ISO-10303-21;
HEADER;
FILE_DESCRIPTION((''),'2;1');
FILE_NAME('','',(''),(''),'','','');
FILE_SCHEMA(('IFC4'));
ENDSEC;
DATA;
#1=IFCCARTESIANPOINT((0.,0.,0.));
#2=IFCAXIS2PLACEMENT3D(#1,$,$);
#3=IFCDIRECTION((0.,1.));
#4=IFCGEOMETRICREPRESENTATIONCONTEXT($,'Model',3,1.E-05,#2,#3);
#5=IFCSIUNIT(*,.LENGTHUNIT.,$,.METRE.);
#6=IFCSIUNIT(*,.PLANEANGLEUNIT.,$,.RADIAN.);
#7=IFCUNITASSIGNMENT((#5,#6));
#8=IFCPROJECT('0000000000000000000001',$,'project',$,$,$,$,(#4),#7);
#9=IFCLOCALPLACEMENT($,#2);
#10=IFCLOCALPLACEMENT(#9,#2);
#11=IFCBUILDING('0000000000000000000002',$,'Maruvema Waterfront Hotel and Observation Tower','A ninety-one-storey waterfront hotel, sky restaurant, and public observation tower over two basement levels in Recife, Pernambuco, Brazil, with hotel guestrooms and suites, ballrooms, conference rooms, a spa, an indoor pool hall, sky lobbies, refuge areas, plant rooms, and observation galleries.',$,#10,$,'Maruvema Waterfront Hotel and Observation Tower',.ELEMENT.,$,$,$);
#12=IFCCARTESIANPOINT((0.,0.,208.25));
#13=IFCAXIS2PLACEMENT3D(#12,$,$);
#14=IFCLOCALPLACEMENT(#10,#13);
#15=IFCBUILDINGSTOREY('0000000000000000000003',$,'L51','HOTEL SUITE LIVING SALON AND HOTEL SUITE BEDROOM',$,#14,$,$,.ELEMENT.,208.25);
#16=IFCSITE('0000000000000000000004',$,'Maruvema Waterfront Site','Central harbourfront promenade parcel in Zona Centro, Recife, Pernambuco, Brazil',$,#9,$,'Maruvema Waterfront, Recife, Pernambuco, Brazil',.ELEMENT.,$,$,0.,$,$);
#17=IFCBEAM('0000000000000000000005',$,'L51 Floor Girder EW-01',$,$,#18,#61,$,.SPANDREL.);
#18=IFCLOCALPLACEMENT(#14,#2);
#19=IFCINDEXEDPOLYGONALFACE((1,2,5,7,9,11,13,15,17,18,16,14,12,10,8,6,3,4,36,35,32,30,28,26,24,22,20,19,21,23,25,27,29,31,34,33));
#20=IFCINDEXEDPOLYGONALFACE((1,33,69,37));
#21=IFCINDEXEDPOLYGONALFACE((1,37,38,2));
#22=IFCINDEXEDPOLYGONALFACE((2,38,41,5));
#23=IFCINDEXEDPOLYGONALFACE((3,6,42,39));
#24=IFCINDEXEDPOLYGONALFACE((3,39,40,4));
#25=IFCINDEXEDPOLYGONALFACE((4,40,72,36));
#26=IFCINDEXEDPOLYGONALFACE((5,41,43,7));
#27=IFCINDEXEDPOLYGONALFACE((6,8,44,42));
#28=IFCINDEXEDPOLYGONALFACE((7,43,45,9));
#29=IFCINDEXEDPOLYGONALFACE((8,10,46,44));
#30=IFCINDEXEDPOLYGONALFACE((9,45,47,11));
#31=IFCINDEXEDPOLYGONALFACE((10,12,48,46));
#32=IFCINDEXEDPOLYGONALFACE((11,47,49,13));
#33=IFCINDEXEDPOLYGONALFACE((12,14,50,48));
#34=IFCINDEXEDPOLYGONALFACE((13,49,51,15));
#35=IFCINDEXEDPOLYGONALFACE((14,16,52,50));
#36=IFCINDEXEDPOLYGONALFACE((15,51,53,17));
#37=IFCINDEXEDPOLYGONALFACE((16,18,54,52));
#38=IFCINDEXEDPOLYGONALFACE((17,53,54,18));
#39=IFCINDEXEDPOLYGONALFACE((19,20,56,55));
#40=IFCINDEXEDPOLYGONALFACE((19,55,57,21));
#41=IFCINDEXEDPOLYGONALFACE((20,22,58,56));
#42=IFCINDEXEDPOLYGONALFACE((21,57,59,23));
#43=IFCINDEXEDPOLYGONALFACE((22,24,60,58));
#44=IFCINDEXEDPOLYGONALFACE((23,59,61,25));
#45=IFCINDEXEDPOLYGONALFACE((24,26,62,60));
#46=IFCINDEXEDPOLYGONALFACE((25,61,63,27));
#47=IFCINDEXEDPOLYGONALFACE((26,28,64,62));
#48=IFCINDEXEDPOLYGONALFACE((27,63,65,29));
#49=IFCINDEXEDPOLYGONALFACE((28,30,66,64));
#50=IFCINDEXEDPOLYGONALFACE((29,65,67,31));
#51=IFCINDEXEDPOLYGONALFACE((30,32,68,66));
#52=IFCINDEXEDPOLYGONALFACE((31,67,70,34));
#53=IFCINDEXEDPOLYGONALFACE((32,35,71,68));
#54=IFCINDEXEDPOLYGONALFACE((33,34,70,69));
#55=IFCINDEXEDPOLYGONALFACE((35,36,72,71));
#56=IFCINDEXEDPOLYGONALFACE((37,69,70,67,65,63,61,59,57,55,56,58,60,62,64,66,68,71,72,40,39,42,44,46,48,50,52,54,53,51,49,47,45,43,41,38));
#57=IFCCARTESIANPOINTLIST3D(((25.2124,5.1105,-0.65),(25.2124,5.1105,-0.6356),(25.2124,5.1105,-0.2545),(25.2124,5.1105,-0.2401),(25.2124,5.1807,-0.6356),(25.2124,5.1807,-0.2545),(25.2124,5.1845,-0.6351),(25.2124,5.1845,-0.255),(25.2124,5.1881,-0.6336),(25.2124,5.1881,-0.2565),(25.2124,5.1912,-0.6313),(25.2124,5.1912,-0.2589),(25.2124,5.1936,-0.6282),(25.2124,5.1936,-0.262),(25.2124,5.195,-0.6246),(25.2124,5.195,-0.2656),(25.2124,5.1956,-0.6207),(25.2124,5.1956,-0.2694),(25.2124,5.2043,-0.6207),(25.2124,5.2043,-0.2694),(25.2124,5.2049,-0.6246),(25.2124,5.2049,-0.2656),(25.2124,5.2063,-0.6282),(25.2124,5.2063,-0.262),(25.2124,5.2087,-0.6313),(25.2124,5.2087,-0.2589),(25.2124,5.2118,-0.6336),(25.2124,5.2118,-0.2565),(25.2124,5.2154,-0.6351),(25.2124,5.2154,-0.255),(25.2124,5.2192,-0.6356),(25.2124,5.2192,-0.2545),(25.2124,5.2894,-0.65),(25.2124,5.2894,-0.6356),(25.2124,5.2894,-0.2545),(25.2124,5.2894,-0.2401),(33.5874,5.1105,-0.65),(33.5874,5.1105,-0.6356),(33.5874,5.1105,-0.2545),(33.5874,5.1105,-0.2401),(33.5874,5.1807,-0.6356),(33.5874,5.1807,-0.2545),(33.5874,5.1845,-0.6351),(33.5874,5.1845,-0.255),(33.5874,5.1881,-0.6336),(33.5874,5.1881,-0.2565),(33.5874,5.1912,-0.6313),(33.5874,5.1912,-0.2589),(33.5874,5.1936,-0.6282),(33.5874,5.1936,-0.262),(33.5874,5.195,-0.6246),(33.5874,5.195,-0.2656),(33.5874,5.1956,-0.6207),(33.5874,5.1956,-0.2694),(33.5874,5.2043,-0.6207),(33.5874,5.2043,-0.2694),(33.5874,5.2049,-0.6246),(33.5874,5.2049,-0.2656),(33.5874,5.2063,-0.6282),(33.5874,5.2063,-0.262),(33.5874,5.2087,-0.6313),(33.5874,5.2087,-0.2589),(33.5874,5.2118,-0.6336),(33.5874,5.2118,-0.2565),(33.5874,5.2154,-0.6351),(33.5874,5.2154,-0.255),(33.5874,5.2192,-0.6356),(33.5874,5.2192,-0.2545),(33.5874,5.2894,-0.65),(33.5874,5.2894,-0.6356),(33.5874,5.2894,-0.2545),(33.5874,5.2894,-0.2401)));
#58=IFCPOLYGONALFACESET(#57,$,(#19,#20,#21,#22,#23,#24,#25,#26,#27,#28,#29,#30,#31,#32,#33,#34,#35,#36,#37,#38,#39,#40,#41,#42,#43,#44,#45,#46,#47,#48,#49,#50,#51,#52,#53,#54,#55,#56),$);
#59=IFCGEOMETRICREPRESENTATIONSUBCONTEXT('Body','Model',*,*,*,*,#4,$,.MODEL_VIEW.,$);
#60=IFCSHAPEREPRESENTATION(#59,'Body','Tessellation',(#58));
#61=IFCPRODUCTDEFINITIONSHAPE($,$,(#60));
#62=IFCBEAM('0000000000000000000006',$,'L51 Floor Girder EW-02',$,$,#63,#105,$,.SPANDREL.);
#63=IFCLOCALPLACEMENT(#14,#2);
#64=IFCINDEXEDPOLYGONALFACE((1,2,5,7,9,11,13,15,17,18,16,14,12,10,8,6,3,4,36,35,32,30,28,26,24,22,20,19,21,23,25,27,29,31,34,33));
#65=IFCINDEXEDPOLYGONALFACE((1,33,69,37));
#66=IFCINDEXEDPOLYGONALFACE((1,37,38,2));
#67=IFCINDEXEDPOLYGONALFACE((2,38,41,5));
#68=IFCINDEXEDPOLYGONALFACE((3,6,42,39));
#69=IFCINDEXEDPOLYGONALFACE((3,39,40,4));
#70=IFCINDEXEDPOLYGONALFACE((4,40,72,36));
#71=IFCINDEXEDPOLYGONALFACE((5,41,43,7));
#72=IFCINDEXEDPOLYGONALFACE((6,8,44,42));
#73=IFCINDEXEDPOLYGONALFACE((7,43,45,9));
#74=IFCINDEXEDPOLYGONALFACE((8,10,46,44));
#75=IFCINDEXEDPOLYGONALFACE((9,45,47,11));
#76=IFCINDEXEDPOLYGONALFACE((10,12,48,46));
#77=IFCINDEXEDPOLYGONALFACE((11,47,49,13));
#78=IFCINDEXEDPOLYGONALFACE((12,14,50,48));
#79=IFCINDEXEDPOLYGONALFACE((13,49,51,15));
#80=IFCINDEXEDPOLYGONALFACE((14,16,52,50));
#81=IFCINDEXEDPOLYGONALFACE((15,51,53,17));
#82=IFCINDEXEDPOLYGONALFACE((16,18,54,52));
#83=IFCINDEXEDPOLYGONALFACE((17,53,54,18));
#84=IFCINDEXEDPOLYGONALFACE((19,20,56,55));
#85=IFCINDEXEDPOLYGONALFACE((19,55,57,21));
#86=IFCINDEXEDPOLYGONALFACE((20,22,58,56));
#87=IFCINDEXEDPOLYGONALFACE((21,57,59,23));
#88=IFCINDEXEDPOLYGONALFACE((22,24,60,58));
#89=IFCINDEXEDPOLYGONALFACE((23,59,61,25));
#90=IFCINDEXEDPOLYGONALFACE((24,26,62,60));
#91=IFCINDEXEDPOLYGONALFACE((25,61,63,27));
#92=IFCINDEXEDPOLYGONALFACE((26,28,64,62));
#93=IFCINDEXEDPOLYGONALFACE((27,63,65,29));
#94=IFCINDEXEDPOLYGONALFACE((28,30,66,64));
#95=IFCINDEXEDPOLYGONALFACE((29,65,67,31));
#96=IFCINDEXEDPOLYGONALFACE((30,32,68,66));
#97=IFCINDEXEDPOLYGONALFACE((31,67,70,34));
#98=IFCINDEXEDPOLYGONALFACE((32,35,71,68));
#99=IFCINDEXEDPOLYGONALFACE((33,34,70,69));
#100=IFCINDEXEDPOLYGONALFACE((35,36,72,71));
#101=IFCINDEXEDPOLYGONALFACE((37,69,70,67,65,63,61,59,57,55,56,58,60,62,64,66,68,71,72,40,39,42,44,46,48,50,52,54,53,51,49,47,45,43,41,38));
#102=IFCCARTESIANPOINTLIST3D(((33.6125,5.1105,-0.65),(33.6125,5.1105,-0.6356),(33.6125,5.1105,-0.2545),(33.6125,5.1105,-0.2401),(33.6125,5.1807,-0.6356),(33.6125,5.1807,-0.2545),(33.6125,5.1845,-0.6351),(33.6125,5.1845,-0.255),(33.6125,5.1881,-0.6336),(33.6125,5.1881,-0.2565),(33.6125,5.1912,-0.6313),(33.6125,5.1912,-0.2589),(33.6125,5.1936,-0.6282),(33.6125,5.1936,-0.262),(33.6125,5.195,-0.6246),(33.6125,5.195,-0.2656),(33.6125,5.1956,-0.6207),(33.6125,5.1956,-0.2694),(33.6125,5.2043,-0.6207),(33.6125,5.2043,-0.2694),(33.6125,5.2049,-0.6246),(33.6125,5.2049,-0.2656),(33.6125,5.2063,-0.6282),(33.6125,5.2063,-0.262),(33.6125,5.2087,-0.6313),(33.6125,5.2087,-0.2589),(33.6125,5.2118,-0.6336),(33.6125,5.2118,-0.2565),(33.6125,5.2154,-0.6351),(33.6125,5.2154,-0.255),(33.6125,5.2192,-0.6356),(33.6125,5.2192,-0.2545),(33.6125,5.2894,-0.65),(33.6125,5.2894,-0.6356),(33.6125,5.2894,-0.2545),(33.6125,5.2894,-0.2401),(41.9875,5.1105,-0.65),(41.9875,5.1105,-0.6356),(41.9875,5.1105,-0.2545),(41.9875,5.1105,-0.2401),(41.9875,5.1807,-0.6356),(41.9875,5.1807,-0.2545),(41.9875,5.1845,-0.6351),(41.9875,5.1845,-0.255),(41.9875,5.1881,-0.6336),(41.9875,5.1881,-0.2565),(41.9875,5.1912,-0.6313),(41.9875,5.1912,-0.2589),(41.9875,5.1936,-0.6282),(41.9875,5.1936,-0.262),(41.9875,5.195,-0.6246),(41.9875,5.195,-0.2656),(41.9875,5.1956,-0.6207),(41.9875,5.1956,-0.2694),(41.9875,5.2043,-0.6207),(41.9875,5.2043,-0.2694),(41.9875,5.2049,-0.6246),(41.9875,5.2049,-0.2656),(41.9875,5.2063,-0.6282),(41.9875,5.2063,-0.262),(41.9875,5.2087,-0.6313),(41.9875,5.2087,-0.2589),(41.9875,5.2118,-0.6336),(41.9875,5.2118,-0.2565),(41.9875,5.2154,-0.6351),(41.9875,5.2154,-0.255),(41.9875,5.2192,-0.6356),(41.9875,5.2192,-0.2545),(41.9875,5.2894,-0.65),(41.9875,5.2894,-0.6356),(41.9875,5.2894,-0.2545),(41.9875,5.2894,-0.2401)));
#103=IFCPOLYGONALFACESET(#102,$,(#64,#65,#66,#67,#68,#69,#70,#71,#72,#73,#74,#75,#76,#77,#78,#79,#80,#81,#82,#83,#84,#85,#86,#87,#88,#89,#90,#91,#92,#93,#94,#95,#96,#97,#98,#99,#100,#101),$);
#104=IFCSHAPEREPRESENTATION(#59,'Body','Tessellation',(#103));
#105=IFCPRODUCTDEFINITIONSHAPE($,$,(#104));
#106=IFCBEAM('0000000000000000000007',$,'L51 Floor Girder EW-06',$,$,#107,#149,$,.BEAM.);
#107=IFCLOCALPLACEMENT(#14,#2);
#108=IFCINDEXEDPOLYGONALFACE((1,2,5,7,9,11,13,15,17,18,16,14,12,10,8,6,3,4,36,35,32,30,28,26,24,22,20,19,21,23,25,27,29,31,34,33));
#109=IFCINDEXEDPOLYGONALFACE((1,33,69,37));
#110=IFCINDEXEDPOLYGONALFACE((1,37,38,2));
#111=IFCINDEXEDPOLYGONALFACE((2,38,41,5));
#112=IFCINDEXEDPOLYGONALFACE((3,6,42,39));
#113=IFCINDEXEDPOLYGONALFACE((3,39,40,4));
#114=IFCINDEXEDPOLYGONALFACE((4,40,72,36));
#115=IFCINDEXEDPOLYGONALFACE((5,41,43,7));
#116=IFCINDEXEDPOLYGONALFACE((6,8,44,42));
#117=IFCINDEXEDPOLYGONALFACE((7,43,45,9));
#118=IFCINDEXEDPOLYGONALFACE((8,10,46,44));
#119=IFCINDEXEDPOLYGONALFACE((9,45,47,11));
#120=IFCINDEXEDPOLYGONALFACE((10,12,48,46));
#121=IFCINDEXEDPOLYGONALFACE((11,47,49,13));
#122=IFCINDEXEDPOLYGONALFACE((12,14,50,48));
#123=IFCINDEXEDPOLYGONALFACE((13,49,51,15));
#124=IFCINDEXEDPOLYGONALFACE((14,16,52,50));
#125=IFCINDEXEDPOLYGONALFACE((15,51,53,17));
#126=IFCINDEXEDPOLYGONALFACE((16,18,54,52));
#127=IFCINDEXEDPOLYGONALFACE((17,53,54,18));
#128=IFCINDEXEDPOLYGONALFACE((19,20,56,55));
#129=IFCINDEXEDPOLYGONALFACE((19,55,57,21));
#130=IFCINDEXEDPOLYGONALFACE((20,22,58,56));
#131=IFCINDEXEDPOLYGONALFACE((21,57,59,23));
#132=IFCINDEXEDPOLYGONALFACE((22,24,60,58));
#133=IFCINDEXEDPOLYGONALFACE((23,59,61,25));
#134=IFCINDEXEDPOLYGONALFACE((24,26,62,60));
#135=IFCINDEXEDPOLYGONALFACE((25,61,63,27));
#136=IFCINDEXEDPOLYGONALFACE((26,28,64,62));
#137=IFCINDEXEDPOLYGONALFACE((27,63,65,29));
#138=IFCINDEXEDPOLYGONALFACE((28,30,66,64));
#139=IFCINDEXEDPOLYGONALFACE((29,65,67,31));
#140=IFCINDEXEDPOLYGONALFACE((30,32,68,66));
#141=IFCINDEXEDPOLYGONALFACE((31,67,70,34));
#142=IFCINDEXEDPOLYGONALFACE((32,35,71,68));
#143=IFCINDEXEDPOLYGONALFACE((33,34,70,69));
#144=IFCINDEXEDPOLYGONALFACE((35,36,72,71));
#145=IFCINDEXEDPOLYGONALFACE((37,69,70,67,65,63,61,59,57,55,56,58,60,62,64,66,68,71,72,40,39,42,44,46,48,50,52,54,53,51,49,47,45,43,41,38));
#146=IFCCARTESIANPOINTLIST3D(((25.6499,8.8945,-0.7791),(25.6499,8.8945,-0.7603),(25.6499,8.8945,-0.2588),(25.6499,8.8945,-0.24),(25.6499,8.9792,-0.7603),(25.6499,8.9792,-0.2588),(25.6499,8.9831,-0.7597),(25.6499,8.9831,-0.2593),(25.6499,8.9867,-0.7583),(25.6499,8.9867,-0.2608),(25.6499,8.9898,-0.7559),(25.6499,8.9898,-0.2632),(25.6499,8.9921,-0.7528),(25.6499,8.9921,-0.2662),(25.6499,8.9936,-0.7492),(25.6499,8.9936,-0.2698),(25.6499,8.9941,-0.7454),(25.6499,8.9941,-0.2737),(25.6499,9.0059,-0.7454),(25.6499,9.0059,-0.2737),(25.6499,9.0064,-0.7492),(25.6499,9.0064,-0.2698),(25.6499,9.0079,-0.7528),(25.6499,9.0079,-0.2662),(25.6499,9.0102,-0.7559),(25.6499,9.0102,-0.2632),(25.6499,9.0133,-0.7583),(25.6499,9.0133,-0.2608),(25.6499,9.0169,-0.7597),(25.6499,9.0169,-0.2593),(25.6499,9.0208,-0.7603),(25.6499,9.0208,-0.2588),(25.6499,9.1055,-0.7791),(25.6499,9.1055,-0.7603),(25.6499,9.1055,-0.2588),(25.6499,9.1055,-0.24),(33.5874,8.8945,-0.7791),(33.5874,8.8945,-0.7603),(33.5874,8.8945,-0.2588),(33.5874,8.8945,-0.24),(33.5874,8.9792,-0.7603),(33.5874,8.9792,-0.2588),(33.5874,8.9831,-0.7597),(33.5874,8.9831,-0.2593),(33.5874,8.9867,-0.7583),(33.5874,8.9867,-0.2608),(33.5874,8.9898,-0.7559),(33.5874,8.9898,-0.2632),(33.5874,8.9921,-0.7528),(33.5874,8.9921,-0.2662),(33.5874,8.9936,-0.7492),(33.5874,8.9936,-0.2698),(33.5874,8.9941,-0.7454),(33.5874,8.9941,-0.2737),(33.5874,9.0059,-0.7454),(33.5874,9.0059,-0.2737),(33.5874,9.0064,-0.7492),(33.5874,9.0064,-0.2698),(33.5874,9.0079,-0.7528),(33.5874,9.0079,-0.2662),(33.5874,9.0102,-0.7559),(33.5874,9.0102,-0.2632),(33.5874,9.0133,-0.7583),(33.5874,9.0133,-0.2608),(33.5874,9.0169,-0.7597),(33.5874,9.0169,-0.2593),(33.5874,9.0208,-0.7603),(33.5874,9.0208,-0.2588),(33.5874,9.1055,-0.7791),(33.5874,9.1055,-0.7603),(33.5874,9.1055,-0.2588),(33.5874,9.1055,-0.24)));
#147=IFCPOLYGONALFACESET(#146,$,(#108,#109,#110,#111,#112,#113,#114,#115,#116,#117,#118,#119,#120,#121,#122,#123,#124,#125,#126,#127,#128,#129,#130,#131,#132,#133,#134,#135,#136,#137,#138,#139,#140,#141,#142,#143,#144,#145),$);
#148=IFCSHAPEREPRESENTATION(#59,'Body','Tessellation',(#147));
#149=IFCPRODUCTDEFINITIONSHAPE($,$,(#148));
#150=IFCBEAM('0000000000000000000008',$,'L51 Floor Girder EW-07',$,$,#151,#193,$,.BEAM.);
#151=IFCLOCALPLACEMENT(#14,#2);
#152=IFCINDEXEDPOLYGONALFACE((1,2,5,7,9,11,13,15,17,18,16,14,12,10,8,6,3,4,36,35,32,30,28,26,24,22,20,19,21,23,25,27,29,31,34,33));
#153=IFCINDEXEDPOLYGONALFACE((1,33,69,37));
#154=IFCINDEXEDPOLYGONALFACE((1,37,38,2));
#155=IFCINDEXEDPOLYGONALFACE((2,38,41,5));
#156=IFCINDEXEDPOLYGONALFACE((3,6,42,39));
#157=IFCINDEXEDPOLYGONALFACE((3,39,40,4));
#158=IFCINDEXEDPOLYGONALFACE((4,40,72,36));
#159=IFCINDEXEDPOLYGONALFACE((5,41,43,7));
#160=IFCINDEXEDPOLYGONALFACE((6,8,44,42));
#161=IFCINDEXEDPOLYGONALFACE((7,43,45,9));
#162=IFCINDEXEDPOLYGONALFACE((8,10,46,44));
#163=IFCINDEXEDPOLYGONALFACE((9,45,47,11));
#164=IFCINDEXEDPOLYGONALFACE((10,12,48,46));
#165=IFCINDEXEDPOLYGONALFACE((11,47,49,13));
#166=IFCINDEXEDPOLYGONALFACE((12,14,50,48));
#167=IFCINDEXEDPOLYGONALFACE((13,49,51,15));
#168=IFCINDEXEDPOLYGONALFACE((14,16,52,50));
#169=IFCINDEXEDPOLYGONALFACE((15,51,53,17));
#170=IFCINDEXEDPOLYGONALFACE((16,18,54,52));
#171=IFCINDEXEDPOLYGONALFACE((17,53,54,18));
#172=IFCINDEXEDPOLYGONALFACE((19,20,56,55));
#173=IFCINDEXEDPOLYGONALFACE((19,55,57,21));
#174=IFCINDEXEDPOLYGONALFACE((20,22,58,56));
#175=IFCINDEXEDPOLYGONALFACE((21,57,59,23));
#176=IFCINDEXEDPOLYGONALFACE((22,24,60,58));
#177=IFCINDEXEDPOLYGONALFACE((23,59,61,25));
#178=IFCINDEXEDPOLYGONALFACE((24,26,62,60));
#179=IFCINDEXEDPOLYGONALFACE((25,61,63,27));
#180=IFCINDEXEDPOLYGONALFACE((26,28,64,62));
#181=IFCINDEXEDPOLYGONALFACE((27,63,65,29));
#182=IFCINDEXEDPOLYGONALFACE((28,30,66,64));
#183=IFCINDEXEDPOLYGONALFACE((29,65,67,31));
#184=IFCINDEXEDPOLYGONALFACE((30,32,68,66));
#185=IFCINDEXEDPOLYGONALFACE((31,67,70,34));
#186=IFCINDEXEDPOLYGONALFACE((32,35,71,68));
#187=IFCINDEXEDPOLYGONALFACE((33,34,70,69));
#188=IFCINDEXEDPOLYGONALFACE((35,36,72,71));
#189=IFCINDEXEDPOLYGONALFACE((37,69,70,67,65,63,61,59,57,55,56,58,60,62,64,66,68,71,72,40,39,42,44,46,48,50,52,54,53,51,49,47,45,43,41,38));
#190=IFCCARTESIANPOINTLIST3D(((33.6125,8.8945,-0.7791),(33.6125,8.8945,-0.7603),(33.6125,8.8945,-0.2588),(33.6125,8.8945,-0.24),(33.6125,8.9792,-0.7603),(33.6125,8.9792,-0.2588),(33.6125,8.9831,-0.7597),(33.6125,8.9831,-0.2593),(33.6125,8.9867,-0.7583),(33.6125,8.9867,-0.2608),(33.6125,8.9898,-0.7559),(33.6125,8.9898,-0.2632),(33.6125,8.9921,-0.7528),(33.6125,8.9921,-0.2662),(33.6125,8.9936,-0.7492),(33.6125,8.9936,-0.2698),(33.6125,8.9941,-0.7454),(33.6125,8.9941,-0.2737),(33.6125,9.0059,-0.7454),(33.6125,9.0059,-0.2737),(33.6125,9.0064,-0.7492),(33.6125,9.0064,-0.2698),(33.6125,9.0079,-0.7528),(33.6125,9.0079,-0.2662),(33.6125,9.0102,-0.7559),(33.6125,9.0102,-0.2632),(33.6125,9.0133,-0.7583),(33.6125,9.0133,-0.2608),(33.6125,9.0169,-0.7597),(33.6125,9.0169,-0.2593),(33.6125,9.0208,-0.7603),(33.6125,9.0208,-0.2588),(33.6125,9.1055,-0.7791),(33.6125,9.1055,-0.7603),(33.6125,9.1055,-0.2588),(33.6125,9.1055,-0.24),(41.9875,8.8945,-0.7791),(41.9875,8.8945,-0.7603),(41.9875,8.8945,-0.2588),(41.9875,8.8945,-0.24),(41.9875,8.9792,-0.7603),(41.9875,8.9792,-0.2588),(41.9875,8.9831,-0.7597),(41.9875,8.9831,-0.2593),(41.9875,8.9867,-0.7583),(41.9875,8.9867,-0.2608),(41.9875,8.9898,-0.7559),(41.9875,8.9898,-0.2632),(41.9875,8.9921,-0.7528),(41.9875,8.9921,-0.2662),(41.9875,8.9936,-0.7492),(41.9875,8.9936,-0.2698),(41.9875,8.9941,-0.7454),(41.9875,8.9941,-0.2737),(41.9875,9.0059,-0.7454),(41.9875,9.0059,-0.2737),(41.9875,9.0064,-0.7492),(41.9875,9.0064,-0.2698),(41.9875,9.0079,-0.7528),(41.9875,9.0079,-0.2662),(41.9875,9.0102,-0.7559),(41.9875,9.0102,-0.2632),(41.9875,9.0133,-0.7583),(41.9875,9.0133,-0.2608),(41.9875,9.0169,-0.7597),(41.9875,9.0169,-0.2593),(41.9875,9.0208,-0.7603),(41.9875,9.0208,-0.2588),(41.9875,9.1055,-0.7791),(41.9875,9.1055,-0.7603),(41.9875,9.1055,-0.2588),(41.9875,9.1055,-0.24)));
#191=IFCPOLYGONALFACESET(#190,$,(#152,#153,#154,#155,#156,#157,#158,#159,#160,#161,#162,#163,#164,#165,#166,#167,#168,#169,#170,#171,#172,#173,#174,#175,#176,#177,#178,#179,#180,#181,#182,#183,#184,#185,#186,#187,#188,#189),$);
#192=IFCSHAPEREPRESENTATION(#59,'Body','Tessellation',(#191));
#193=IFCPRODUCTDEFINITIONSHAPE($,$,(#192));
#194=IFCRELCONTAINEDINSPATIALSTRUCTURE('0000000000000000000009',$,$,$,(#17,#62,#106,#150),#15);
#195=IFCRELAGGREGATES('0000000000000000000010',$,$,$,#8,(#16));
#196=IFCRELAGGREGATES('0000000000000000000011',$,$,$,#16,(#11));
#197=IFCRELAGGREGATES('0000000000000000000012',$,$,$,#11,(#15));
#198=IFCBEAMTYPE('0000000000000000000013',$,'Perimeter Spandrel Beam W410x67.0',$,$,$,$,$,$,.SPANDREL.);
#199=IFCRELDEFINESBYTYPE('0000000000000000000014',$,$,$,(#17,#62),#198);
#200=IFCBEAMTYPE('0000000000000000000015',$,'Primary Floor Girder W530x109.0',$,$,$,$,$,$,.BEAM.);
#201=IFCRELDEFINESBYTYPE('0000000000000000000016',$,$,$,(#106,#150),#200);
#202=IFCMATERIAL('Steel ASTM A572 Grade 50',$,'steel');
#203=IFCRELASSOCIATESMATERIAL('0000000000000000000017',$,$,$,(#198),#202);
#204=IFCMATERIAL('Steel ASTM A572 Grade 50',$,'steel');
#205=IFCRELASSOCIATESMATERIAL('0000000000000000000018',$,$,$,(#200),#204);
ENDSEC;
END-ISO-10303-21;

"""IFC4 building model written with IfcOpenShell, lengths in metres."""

from ifc_helpers import new_model, si_unit, direction, frame, origin, origin_2d, place, context, subcontext, project, spatial, i_section, extrude, material, material_profile, profile_set, type_object, element, save


model = new_model("IFC4")

# Units and contexts
model_context = context("Model", 3, precision=1e-05, world=origin(), true_north=direction((0.0, 1.0)))
body_context = subcontext(model_context, "Body", "Model", "MODEL_VIEW")
ifc_project = project(units=[si_unit("LENGTHUNIT", "METRE"), si_unit("PLANEANGLEUNIT", "RADIAN")], contexts=[model_context])

# Site, building, storey
site_placement = place(None, origin())
site = spatial("IfcSite", under=ifc_project, at=site_placement, Name="Maruvema Waterfront Site", Description="Central harbourfront promenade parcel in Zona Centro, Recife, Pernambuco, Brazil", LongName="Maruvema Waterfront, Recife, Pernambuco, Brazil", CompositionType="ELEMENT", RefElevation=0.0)
building_placement = place(site_placement, origin())
building = spatial("IfcBuilding", under=site, at=building_placement, Name="Maruvema Waterfront Hotel and Observation Tower", Description="A ninety-one-storey waterfront hotel, sky restaurant, and public observation tower over two basement levels in Recife, Pernambuco, Brazil, with hotel guestrooms and suites, ballrooms, conference rooms, a spa, an indoor pool hall, sky lobbies, refuge areas, plant rooms, and observation galleries.", LongName="Maruvema Waterfront Hotel and Observation Tower", CompositionType="ELEMENT")
storey_placement = place(building_placement, frame((0.0, 0.0, 208.25)))
storey = spatial("IfcBuildingStorey", under=building, at=storey_placement, Name="L51", Description="HOTEL SUITE LIVING SALON AND HOTEL SUITE BEDROOM", CompositionType="ELEMENT", Elevation=208.25)

# Beams
ifc_material_1 = material(Name="Steel ASTM A572 Grade 50", Category="steel")
ifc_material_profile_1 = material_profile(ifc_material_1, i_section(OverallWidth=0.179, OverallDepth=0.4099, WebThickness=0.0088, FlangeThickness=0.0144, FilletRadius=0.0149, at=origin_2d()), Name="W410x67.0")
ifc_profile_set_1 = profile_set([ifc_material_profile_1], Name="Steel ASTM A572 Grade 50")
beam_type_1 = type_object("IfcBeamType", Name="Perimeter Spandrel Beam W410x67.0", PredefinedType="SPANDREL", material=ifc_profile_set_1)
for number, where, z_axis, x_axis, name in (
    (1, (25.2124, 5.2, -0.4451), (1.0, 0.0, 0.0), (0.0, 1.0, 0.0), "L51 Floor Girder EW-01"),
    (2, (33.6125, 5.2, -0.4451), (1.0, 0.0, 0.0), (0.0, 1.0, 0.0), "L51 Floor Girder EW-02"),
):
    element("IfcBeam", number, at=place(storey_placement, frame(where, z_axis=z_axis, x_axis=x_axis)), inside=storey, type_object=beam_type_1, Name=name, PredefinedType="SPANDREL", context=body_context, shape_type="SweptSolid", body=[
        extrude(i_section(OverallWidth=0.179, OverallDepth=0.4099, WebThickness=0.0088, FlangeThickness=0.0144, FilletRadius=0.0149, at=origin_2d()), origin(), (0.0, 0.0, 1.0), 8.375),
    ])
ifc_material_2 = material(Name="Steel ASTM A572 Grade 50", Category="steel")
ifc_material_profile_2 = material_profile(ifc_material_2, i_section(OverallWidth=0.2109, OverallDepth=0.5391, WebThickness=0.0117, FlangeThickness=0.0188, FilletRadius=0.0149, at=origin_2d()), Name="W530x109.0")
ifc_profile_set_2 = profile_set([ifc_material_profile_2], Name="Steel ASTM A572 Grade 50")
beam_type_2 = type_object("IfcBeamType", Name="Primary Floor Girder W530x109.0", PredefinedType="BEAM", material=ifc_profile_set_2)
beam_1_placement = place(storey_placement, frame((25.6499, 9.0, -0.5095), z_axis=(1.0, 0.0, 0.0), x_axis=(0.0, 1.0, 0.0)))
element("IfcBeam", 3, at=beam_1_placement, inside=storey, type_object=beam_type_2, Name="L51 Floor Girder EW-06", PredefinedType="BEAM", context=body_context, shape_type="SweptSolid", body=[
    extrude(i_section(OverallWidth=0.2109, OverallDepth=0.5391, WebThickness=0.0117, FlangeThickness=0.0188, FilletRadius=0.0149, at=origin_2d()), origin(), (0.0, 0.0, 1.0), 7.9375),
])
beam_2_placement = place(storey_placement, frame((33.6125, 9.0, -0.5095), z_axis=(1.0, 0.0, 0.0), x_axis=(0.0, 1.0, 0.0)))
element("IfcBeam", 4, at=beam_2_placement, inside=storey, type_object=beam_type_2, Name="L51 Floor Girder EW-07", PredefinedType="BEAM", context=body_context, shape_type="SweptSolid", body=[
    extrude(i_section(OverallWidth=0.2109, OverallDepth=0.5391, WebThickness=0.0117, FlangeThickness=0.0188, FilletRadius=0.0149, at=origin_2d()), origin(), (0.0, 0.0, 1.0), 8.375),
])

save(model, "model.ifc")
